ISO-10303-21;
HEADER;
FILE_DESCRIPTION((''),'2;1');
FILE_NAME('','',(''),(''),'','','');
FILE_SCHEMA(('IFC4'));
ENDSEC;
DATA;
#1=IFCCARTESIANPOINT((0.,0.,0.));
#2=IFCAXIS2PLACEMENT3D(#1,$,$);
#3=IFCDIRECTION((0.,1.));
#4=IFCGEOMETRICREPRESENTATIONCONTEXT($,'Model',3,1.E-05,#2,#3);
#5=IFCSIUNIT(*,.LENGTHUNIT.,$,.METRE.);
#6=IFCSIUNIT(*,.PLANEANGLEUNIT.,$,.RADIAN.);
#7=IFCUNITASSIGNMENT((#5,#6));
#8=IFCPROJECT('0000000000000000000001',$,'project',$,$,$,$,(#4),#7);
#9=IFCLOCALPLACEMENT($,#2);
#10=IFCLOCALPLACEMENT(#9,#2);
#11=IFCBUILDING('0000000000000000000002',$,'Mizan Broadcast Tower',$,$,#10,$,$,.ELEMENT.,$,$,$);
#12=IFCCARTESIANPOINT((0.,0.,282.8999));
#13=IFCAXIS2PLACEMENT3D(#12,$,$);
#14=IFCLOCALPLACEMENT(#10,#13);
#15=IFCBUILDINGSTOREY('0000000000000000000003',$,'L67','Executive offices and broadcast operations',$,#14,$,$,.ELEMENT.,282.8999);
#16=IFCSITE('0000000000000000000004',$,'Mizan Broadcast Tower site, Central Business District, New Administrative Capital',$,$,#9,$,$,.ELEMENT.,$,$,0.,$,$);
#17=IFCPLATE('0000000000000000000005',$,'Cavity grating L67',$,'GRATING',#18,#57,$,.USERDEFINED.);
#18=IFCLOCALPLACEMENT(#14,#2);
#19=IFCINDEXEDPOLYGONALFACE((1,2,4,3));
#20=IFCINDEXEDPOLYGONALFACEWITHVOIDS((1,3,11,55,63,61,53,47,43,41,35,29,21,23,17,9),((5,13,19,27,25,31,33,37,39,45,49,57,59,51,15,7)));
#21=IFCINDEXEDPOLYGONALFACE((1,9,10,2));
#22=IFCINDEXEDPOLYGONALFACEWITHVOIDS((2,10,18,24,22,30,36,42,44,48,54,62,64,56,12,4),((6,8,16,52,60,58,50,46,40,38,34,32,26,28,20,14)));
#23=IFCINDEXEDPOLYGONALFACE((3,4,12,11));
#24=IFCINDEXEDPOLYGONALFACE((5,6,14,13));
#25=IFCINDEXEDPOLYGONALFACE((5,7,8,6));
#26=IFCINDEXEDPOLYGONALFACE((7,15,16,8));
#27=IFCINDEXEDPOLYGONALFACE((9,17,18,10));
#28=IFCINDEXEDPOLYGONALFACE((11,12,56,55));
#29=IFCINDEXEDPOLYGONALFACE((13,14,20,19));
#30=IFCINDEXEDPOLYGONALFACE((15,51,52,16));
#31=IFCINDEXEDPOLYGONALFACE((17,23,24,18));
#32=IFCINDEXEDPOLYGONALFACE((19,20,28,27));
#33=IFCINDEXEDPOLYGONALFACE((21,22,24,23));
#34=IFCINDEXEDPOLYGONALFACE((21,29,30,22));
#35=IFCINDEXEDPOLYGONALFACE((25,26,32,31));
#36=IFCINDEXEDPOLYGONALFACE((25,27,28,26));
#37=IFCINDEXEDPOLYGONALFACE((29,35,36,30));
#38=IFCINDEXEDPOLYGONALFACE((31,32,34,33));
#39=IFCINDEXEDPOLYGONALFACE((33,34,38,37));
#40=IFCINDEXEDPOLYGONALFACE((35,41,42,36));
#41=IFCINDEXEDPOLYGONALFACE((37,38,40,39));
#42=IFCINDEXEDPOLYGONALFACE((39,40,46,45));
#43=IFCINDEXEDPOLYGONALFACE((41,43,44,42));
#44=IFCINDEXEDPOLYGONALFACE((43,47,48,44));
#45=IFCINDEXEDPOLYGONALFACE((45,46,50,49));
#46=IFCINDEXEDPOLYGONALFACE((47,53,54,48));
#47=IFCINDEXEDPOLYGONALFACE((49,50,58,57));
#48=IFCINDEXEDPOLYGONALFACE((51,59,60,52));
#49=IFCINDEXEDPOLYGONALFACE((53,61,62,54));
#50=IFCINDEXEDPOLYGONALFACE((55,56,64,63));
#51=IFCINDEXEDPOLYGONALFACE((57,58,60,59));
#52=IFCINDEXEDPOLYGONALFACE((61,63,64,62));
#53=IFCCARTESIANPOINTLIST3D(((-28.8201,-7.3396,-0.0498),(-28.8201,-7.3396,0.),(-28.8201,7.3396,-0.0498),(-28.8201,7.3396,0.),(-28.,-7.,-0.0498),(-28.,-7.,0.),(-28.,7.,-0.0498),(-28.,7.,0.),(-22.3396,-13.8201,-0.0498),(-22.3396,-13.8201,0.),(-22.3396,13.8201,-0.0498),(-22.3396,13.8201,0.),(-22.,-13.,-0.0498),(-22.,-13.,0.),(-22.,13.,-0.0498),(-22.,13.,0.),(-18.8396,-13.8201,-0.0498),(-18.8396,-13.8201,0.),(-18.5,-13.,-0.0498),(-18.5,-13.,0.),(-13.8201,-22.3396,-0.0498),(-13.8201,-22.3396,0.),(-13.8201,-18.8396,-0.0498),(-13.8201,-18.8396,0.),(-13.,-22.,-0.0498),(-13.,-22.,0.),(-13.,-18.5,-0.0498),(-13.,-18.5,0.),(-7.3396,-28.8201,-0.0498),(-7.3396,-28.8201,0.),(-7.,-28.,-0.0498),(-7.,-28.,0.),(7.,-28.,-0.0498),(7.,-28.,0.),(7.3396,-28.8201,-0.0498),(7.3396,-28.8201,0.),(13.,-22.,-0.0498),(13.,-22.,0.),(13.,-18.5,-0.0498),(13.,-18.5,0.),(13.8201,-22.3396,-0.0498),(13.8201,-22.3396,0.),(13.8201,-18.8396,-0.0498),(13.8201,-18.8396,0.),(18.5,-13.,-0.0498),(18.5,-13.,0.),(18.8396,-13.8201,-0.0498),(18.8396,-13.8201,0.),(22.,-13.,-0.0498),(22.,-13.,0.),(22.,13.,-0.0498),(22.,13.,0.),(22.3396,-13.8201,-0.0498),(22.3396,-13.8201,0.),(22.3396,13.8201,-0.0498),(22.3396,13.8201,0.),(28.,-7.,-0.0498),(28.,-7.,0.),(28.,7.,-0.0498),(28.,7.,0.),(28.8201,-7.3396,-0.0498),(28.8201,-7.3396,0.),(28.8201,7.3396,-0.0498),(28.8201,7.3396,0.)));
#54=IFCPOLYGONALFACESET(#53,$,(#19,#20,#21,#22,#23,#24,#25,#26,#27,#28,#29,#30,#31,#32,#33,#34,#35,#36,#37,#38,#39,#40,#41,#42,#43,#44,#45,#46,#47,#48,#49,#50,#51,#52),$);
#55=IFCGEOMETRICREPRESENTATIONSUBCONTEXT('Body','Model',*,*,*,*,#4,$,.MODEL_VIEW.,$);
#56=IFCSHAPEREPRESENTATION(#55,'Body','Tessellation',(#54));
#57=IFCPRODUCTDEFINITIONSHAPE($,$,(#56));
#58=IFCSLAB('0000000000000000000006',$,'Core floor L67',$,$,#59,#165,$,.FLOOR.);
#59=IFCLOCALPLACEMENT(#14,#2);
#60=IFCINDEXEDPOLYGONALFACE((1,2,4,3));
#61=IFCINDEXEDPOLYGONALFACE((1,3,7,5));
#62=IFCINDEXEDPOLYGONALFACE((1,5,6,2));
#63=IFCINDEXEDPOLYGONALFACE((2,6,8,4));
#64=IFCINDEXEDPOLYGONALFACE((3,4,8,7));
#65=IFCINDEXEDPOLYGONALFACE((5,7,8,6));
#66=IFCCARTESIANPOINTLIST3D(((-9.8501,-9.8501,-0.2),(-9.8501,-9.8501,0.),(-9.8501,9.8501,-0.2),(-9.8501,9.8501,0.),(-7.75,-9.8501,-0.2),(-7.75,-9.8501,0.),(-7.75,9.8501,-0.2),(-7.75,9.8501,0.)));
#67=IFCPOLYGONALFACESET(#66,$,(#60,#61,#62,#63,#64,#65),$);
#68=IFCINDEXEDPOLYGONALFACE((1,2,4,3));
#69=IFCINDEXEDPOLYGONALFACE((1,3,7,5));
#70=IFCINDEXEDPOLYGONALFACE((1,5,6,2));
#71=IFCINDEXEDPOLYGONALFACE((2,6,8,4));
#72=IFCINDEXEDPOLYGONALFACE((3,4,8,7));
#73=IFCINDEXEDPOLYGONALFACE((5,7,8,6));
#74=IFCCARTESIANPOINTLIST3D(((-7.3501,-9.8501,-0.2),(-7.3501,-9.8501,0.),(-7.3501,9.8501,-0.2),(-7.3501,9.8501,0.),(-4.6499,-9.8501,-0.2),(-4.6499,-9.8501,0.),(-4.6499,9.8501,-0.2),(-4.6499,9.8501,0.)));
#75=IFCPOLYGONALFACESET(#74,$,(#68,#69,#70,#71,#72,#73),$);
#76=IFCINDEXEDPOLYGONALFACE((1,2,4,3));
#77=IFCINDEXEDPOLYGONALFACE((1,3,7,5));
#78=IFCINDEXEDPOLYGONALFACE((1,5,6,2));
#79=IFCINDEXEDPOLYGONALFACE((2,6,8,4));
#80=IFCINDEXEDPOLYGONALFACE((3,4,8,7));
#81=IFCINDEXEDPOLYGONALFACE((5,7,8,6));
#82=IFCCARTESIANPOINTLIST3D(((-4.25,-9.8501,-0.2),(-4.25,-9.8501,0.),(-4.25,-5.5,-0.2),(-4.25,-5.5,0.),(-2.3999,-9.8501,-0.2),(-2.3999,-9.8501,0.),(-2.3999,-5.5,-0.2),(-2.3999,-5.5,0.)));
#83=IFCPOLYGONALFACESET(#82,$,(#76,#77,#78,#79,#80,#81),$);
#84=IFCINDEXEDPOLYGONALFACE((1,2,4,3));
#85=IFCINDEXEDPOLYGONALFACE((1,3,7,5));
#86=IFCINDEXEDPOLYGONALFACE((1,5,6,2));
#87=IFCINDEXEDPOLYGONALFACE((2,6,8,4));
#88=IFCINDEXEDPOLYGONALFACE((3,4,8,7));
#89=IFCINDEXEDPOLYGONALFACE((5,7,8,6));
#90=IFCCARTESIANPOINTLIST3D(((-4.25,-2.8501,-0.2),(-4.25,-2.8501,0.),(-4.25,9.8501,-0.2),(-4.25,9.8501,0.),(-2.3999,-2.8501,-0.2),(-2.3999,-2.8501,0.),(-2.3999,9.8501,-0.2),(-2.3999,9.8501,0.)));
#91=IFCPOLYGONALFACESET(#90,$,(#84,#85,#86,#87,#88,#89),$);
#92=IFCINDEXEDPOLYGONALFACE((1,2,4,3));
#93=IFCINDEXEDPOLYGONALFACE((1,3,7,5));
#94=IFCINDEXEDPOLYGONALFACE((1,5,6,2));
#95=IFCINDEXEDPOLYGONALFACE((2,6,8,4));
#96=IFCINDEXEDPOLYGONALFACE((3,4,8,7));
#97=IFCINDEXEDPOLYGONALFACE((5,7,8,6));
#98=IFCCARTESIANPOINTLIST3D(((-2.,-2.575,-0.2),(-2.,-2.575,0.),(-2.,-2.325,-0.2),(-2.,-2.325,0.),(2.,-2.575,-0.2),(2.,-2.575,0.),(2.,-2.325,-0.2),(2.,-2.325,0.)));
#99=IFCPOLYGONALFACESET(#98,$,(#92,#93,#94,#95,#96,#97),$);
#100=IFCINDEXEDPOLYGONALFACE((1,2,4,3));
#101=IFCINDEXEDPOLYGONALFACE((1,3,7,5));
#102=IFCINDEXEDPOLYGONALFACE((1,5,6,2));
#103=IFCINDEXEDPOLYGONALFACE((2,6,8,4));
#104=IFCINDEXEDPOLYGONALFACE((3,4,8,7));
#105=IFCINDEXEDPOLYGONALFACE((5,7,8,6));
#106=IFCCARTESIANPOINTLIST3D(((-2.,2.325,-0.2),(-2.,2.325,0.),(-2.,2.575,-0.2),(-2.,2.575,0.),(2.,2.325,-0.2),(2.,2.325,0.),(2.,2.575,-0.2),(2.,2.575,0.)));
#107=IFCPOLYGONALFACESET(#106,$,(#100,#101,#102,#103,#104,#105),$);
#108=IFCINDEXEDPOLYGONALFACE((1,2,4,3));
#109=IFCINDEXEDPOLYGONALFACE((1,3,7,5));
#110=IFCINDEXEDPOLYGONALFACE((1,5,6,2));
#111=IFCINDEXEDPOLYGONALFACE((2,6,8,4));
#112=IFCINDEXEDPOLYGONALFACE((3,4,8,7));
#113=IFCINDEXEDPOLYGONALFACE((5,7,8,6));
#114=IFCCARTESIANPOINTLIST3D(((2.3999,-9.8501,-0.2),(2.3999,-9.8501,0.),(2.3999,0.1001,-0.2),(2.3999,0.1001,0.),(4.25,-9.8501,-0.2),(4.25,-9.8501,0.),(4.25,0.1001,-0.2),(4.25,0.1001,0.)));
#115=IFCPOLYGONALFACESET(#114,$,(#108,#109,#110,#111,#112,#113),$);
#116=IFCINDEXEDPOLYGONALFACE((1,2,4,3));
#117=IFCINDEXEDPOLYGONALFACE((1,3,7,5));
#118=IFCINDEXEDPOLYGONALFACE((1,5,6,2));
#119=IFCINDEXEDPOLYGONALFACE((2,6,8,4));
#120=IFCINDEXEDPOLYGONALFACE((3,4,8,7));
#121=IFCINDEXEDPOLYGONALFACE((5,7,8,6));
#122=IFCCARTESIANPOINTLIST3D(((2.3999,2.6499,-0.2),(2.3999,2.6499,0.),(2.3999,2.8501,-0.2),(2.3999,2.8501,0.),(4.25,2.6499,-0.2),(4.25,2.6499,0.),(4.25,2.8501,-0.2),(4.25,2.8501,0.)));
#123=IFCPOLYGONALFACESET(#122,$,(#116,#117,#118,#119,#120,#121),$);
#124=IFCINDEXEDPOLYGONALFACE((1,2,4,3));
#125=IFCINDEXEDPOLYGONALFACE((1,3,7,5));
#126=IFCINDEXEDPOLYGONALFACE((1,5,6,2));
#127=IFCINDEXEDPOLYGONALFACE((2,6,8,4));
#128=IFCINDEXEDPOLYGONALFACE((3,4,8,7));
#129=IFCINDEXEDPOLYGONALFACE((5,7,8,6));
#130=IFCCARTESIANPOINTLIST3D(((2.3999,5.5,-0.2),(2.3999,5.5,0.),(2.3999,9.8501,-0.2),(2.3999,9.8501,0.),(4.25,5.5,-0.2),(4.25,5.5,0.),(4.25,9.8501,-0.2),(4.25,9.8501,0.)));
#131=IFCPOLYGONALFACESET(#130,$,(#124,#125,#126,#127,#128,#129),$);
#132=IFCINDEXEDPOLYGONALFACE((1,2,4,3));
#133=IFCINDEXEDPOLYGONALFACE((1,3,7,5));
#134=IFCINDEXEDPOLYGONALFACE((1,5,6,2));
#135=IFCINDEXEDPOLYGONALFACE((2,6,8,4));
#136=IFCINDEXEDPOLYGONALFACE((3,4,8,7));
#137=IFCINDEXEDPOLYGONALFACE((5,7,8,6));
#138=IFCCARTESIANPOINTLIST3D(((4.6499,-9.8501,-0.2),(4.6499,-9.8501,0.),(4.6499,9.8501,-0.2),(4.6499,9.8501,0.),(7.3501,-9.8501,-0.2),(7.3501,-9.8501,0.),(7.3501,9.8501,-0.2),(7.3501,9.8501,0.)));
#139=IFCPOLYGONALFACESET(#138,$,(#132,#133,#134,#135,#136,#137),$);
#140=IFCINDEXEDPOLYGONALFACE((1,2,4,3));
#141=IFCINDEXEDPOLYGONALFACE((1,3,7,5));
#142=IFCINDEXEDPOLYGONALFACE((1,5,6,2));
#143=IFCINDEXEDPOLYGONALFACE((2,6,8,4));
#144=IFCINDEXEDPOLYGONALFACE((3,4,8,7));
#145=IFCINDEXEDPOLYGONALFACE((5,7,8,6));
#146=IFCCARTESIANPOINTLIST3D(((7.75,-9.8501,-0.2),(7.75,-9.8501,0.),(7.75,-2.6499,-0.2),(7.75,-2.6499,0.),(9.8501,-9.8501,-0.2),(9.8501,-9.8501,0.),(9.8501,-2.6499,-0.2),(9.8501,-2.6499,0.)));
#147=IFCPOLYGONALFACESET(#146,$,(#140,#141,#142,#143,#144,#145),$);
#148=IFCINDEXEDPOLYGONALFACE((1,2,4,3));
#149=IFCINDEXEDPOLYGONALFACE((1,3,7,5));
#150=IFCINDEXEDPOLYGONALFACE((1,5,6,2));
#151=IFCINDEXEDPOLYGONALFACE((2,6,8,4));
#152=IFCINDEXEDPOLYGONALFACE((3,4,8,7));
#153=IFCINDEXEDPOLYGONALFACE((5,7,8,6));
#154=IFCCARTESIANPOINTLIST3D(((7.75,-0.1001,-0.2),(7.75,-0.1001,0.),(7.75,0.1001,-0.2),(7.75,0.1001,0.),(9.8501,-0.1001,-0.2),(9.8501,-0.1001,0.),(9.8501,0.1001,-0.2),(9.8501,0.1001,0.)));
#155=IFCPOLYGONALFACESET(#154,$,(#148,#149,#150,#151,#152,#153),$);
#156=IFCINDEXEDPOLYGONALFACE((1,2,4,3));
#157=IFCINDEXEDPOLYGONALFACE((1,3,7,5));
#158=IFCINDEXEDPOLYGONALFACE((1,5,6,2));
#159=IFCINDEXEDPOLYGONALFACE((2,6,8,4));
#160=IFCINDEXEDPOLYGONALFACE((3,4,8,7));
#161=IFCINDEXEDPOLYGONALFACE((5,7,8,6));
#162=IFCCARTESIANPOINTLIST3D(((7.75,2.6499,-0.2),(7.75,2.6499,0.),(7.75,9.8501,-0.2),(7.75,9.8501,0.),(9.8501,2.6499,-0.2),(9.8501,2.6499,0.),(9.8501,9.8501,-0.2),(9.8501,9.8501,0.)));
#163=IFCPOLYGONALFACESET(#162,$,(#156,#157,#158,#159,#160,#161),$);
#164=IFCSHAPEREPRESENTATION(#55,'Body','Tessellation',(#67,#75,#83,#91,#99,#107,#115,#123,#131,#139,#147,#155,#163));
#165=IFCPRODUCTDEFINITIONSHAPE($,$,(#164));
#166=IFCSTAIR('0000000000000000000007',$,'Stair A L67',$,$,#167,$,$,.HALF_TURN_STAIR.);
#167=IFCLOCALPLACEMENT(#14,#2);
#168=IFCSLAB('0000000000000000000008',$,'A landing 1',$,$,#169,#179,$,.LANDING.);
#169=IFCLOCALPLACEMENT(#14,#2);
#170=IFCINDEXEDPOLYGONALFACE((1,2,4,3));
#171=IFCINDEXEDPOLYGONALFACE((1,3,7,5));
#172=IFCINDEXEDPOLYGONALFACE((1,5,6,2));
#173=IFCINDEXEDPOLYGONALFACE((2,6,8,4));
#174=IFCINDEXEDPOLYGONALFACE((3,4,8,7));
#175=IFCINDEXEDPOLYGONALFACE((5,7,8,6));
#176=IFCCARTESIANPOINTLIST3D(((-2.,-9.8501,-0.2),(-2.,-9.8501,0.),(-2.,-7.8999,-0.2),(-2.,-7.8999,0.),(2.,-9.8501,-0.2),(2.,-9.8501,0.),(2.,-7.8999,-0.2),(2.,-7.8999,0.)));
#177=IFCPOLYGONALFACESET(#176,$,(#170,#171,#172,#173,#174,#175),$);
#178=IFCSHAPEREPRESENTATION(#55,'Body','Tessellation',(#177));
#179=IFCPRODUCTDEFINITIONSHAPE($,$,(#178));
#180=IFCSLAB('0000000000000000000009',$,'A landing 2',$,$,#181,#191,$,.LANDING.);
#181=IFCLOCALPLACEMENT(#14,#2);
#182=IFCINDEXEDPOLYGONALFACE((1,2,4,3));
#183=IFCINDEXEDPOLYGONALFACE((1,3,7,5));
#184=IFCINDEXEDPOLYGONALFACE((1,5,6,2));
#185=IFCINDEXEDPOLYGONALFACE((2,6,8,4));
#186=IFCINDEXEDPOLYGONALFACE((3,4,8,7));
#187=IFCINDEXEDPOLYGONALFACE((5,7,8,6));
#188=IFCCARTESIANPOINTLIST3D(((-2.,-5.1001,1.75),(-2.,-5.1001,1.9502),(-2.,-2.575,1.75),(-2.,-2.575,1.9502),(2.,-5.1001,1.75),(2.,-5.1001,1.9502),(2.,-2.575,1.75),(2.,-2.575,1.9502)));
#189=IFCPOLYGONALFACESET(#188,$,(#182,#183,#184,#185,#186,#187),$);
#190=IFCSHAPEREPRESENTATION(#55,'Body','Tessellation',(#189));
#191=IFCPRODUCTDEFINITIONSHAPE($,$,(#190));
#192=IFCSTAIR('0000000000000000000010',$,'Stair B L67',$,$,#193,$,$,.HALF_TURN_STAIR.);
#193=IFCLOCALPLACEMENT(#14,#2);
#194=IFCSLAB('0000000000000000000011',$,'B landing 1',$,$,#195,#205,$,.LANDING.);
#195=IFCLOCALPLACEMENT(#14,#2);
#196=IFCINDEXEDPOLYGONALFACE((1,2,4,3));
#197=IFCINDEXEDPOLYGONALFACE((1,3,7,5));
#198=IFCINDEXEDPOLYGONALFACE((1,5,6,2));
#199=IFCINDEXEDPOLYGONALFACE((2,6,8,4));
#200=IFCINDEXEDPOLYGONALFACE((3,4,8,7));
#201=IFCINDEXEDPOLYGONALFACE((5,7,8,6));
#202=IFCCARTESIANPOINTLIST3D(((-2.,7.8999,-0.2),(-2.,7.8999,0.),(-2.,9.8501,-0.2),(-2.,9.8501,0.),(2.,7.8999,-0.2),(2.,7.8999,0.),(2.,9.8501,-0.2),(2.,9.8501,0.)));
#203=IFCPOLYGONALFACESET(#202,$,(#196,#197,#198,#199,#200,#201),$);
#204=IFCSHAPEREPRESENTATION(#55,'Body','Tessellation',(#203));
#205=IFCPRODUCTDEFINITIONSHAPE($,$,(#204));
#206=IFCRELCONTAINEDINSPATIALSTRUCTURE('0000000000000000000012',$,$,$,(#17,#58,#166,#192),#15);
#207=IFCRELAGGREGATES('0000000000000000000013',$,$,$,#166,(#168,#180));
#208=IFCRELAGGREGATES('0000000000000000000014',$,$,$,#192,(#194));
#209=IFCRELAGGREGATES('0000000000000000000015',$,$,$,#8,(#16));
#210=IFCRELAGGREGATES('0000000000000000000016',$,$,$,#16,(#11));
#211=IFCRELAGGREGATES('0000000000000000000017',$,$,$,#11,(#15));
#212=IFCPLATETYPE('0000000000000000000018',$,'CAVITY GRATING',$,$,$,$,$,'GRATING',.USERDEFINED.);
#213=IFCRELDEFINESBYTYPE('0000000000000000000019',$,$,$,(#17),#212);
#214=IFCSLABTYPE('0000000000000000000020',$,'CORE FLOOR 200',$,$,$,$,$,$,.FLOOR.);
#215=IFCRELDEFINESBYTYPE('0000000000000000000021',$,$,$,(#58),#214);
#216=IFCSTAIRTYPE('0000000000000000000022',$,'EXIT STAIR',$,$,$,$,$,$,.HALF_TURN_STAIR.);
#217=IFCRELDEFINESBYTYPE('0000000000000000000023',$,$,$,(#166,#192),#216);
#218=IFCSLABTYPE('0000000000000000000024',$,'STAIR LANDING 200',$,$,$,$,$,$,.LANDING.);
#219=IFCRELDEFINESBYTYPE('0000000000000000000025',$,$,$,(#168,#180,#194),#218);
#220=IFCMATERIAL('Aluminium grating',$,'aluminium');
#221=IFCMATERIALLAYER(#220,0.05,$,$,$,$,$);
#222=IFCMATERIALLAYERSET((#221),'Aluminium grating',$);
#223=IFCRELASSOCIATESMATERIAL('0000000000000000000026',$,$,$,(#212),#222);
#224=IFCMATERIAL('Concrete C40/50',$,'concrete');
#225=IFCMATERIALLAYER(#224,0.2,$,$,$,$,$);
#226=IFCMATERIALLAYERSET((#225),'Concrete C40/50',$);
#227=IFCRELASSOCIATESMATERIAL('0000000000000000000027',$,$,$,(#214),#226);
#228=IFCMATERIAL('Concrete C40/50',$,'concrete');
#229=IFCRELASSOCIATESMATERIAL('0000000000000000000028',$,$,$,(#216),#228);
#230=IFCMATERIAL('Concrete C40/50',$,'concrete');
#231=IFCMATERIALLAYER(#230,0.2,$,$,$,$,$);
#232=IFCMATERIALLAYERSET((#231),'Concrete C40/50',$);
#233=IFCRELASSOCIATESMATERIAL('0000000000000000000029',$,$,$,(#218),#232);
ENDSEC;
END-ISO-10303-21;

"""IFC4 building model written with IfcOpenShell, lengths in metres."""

from ifc_helpers import new_model, si_unit, direction, frame, origin, place, context, subcontext, project, spatial, polyline, outline, extrude, material, layer, layer_set, type_object, element, aggregate, save


model = new_model("IFC4")

# Units and contexts
model_context = context("Model", 3, precision=1e-05, world=origin(), true_north=direction((0.0, 1.0)))
body_context = subcontext(model_context, "Body", "Model", "MODEL_VIEW")
ifc_project = project(units=[si_unit("LENGTHUNIT", "METRE"), si_unit("PLANEANGLEUNIT", "RADIAN")], contexts=[model_context])

# Site, building, storey
site_placement = place(None, origin())
site = spatial("IfcSite", under=ifc_project, at=site_placement, Name="Mizan Broadcast Tower site, Central Business District, New Administrative Capital", CompositionType="ELEMENT", RefElevation=0.0)
building_placement = place(site_placement, origin())
building = spatial("IfcBuilding", under=site, at=building_placement, Name="Mizan Broadcast Tower", CompositionType="ELEMENT")
storey_placement = place(building_placement, frame((0.0, 0.0, 282.8999)))
storey = spatial("IfcBuildingStorey", under=building, at=storey_placement, Name="L67", Description="Executive offices and broadcast operations", CompositionType="ELEMENT", Elevation=282.8999)

# Plate
ifc_material_1 = material(Name="Aluminium grating", Category="aluminium")
ifc_layer_1 = layer(ifc_material_1, 0.05)
ifc_layer_set_1 = layer_set([ifc_layer_1], Name="Aluminium grating")
plate_type = type_object("IfcPlateType", Name="CAVITY GRATING", ElementType="GRATING", PredefinedType="USERDEFINED", material=ifc_layer_set_1)
plate_placement = place(storey_placement, frame((0.0, 0.0, -0.0498)))
element("IfcPlate", 1, at=plate_placement, inside=storey, type_object=plate_type, Name="Cavity grating L67", ObjectType="GRATING", PredefinedType="USERDEFINED", context=body_context, shape_type="SweptSolid", body=[
    extrude(outline(polyline([(-22.3396, 13.8201), (-28.8201, 7.3396), (-28.8201, -7.3396), (-22.3396, -13.8201), (-18.8396, -13.8201), (-13.8201, -18.8396), (-13.8201, -22.3396), (-7.3396, -28.8201), (7.3396, -28.8201), (13.8201, -22.3396), (13.8201, -18.8396), (18.8396, -13.8201), (22.3396, -13.8201), (28.8201, -7.3396), (28.8201, 7.3396), (22.3396, 13.8201), (-22.3396, 13.8201)]), holes=[polyline([(-18.5, -13.0), (-22.0, -13.0), (-28.0, -7.0), (-28.0, 7.0), (-22.0, 13.0), (22.0, 13.0), (28.0, 7.0), (28.0, -7.0), (22.0, -13.0), (18.5, -13.0), (13.0, -18.5), (13.0, -22.0), (7.0, -28.0), (-7.0, -28.0), (-13.0, -22.0), (-13.0, -18.5), (-18.5, -13.0)])]), origin(), (0.0, 0.0, 1.0), 0.0498),
])

# Slab
ifc_material_2 = material(Name="Concrete C40/50", Category="concrete")
ifc_layer_2 = layer(ifc_material_2, 0.2)
ifc_layer_set_2 = layer_set([ifc_layer_2], Name="Concrete C40/50")
slab_type_1 = type_object("IfcSlabType", Name="CORE FLOOR 200", PredefinedType="FLOOR", material=ifc_layer_set_2)
slab_1_placement = place(storey_placement, frame((0.0, 0.0, -0.2)))
element("IfcSlab", 2, at=slab_1_placement, inside=storey, type_object=slab_type_1, Name="Core floor L67", PredefinedType="FLOOR", context=body_context, shape_type="SweptSolid", body=[
    extrude(outline(polyline([(-9.8501, -9.8501), (-7.75, -9.8501), (-7.75, 9.8501), (-9.8501, 9.8501), (-9.8501, -9.8501)])), origin(), (0.0, 0.0, 1.0), 0.2),
    extrude(outline(polyline([(-4.6499, 9.8501), (-7.3501, 9.8501), (-7.3501, -9.8501), (-4.6499, -9.8501), (-4.6499, 9.8501)])), origin(), (0.0, 0.0, 1.0), 0.2),
    extrude(outline(polyline([(-4.25, -5.5), (-4.25, -9.8501), (-2.3999, -9.8501), (-2.3999, -5.5), (-4.25, -5.5)])), origin(), (0.0, 0.0, 1.0), 0.2),
    extrude(outline(polyline([(-4.25, -2.8501), (-2.3999, -2.8501), (-2.3999, 9.8501), (-4.25, 9.8501), (-4.25, -2.8501)])), origin(), (0.0, 0.0, 1.0), 0.2),
    extrude(outline(polyline([(2.0, -2.325), (-2.0, -2.325), (-2.0, -2.575), (2.0, -2.575), (2.0, -2.325)])), origin(), (0.0, 0.0, 1.0), 0.2),
    extrude(outline(polyline([(2.0, 2.575), (-2.0, 2.575), (-2.0, 2.325), (2.0, 2.325), (2.0, 2.575)])), origin(), (0.0, 0.0, 1.0), 0.2),
    extrude(outline(polyline([(4.25, -9.8501), (4.25, 0.1001), (2.3999, 0.1001), (2.3999, -9.8501), (4.25, -9.8501)])), origin(), (0.0, 0.0, 1.0), 0.2),
    extrude(outline(polyline([(4.25, 2.6499), (4.25, 2.8501), (2.3999, 2.8501), (2.3999, 2.6499), (4.25, 2.6499)])), origin(), (0.0, 0.0, 1.0), 0.2),
    extrude(outline(polyline([(4.25, 5.5), (4.25, 9.8501), (2.3999, 9.8501), (2.3999, 5.5), (4.25, 5.5)])), origin(), (0.0, 0.0, 1.0), 0.2),
    extrude(outline(polyline([(4.6499, 9.8501), (4.6499, -9.8501), (7.3501, -9.8501), (7.3501, 9.8501), (4.6499, 9.8501)])), origin(), (0.0, 0.0, 1.0), 0.2),
    extrude(outline(polyline([(9.8501, -9.8501), (9.8501, -2.6499), (7.75, -2.6499), (7.75, -9.8501), (9.8501, -9.8501)])), origin(), (0.0, 0.0, 1.0), 0.2),
    extrude(outline(polyline([(9.8501, -0.1001), (9.8501, 0.1001), (7.75, 0.1001), (7.75, -0.1001), (9.8501, -0.1001)])), origin(), (0.0, 0.0, 1.0), 0.2),
    extrude(outline(polyline([(7.75, 9.8501), (7.75, 2.6499), (9.8501, 2.6499), (9.8501, 9.8501), (7.75, 9.8501)])), origin(), (0.0, 0.0, 1.0), 0.2),
])

# Stairs, slabs
ifc_material_3 = material(Name="Concrete C40/50", Category="concrete")
stair_type = type_object("IfcStairType", Name="EXIT STAIR", PredefinedType="HALF_TURN_STAIR", material=ifc_material_3)
stair_1_placement = place(storey_placement, origin())
stair_1 = element("IfcStair", 3, at=stair_1_placement, inside=storey, type_object=stair_type, Name="Stair A L67", PredefinedType="HALF_TURN_STAIR")
ifc_material_4 = material(Name="Concrete C40/50", Category="concrete")
ifc_layer_3 = layer(ifc_material_4, 0.2)
ifc_layer_set_3 = layer_set([ifc_layer_3], Name="Concrete C40/50")
slab_type_2 = type_object("IfcSlabType", Name="STAIR LANDING 200", PredefinedType="LANDING", material=ifc_layer_set_3)
slab_2_placement = place(storey_placement, frame((0.0, 0.0, -0.2)))
slab_2 = element("IfcSlab", 4, at=slab_2_placement, type_object=slab_type_2, Name="A landing 1", PredefinedType="LANDING", context=body_context, shape_type="SweptSolid", body=[
    extrude(outline(polyline([(-2.0, -9.8501), (-2.0, -7.8999), (2.0, -7.8999), (2.0, -9.8501), (-2.0, -9.8501)])), origin(), (0.0, 0.0, 1.0), 0.2),
])
slab_3_placement = place(storey_placement, frame((0.0, 0.0, 1.75)))
slab_3 = element("IfcSlab", 5, at=slab_3_placement, type_object=slab_type_2, Name="A landing 2", PredefinedType="LANDING", context=body_context, shape_type="SweptSolid", body=[
    extrude(outline(polyline([(-2.0, -5.1001), (-2.0, -2.575), (2.0, -2.575), (2.0, -5.1001), (-2.0, -5.1001)])), origin(), (0.0, 0.0, 1.0), 0.2002),
])
aggregate(stair_1, [slab_2, slab_3])
stair_2_placement = place(storey_placement, origin())
stair_2 = element("IfcStair", 6, at=stair_2_placement, inside=storey, type_object=stair_type, Name="Stair B L67", PredefinedType="HALF_TURN_STAIR")
slab_4_placement = place(storey_placement, frame((0.0, 0.0, -0.2)))
slab_4 = element("IfcSlab", 7, at=slab_4_placement, type_object=slab_type_2, Name="B landing 1", PredefinedType="LANDING", context=body_context, shape_type="SweptSolid", body=[
    extrude(outline(polyline([(2.0, 9.8501), (2.0, 7.8999), (-2.0, 7.8999), (-2.0, 9.8501), (2.0, 9.8501)])), origin(), (0.0, 0.0, 1.0), 0.2),
])

aggregate(stair_2, [slab_4])

save(model, "model.ifc")
